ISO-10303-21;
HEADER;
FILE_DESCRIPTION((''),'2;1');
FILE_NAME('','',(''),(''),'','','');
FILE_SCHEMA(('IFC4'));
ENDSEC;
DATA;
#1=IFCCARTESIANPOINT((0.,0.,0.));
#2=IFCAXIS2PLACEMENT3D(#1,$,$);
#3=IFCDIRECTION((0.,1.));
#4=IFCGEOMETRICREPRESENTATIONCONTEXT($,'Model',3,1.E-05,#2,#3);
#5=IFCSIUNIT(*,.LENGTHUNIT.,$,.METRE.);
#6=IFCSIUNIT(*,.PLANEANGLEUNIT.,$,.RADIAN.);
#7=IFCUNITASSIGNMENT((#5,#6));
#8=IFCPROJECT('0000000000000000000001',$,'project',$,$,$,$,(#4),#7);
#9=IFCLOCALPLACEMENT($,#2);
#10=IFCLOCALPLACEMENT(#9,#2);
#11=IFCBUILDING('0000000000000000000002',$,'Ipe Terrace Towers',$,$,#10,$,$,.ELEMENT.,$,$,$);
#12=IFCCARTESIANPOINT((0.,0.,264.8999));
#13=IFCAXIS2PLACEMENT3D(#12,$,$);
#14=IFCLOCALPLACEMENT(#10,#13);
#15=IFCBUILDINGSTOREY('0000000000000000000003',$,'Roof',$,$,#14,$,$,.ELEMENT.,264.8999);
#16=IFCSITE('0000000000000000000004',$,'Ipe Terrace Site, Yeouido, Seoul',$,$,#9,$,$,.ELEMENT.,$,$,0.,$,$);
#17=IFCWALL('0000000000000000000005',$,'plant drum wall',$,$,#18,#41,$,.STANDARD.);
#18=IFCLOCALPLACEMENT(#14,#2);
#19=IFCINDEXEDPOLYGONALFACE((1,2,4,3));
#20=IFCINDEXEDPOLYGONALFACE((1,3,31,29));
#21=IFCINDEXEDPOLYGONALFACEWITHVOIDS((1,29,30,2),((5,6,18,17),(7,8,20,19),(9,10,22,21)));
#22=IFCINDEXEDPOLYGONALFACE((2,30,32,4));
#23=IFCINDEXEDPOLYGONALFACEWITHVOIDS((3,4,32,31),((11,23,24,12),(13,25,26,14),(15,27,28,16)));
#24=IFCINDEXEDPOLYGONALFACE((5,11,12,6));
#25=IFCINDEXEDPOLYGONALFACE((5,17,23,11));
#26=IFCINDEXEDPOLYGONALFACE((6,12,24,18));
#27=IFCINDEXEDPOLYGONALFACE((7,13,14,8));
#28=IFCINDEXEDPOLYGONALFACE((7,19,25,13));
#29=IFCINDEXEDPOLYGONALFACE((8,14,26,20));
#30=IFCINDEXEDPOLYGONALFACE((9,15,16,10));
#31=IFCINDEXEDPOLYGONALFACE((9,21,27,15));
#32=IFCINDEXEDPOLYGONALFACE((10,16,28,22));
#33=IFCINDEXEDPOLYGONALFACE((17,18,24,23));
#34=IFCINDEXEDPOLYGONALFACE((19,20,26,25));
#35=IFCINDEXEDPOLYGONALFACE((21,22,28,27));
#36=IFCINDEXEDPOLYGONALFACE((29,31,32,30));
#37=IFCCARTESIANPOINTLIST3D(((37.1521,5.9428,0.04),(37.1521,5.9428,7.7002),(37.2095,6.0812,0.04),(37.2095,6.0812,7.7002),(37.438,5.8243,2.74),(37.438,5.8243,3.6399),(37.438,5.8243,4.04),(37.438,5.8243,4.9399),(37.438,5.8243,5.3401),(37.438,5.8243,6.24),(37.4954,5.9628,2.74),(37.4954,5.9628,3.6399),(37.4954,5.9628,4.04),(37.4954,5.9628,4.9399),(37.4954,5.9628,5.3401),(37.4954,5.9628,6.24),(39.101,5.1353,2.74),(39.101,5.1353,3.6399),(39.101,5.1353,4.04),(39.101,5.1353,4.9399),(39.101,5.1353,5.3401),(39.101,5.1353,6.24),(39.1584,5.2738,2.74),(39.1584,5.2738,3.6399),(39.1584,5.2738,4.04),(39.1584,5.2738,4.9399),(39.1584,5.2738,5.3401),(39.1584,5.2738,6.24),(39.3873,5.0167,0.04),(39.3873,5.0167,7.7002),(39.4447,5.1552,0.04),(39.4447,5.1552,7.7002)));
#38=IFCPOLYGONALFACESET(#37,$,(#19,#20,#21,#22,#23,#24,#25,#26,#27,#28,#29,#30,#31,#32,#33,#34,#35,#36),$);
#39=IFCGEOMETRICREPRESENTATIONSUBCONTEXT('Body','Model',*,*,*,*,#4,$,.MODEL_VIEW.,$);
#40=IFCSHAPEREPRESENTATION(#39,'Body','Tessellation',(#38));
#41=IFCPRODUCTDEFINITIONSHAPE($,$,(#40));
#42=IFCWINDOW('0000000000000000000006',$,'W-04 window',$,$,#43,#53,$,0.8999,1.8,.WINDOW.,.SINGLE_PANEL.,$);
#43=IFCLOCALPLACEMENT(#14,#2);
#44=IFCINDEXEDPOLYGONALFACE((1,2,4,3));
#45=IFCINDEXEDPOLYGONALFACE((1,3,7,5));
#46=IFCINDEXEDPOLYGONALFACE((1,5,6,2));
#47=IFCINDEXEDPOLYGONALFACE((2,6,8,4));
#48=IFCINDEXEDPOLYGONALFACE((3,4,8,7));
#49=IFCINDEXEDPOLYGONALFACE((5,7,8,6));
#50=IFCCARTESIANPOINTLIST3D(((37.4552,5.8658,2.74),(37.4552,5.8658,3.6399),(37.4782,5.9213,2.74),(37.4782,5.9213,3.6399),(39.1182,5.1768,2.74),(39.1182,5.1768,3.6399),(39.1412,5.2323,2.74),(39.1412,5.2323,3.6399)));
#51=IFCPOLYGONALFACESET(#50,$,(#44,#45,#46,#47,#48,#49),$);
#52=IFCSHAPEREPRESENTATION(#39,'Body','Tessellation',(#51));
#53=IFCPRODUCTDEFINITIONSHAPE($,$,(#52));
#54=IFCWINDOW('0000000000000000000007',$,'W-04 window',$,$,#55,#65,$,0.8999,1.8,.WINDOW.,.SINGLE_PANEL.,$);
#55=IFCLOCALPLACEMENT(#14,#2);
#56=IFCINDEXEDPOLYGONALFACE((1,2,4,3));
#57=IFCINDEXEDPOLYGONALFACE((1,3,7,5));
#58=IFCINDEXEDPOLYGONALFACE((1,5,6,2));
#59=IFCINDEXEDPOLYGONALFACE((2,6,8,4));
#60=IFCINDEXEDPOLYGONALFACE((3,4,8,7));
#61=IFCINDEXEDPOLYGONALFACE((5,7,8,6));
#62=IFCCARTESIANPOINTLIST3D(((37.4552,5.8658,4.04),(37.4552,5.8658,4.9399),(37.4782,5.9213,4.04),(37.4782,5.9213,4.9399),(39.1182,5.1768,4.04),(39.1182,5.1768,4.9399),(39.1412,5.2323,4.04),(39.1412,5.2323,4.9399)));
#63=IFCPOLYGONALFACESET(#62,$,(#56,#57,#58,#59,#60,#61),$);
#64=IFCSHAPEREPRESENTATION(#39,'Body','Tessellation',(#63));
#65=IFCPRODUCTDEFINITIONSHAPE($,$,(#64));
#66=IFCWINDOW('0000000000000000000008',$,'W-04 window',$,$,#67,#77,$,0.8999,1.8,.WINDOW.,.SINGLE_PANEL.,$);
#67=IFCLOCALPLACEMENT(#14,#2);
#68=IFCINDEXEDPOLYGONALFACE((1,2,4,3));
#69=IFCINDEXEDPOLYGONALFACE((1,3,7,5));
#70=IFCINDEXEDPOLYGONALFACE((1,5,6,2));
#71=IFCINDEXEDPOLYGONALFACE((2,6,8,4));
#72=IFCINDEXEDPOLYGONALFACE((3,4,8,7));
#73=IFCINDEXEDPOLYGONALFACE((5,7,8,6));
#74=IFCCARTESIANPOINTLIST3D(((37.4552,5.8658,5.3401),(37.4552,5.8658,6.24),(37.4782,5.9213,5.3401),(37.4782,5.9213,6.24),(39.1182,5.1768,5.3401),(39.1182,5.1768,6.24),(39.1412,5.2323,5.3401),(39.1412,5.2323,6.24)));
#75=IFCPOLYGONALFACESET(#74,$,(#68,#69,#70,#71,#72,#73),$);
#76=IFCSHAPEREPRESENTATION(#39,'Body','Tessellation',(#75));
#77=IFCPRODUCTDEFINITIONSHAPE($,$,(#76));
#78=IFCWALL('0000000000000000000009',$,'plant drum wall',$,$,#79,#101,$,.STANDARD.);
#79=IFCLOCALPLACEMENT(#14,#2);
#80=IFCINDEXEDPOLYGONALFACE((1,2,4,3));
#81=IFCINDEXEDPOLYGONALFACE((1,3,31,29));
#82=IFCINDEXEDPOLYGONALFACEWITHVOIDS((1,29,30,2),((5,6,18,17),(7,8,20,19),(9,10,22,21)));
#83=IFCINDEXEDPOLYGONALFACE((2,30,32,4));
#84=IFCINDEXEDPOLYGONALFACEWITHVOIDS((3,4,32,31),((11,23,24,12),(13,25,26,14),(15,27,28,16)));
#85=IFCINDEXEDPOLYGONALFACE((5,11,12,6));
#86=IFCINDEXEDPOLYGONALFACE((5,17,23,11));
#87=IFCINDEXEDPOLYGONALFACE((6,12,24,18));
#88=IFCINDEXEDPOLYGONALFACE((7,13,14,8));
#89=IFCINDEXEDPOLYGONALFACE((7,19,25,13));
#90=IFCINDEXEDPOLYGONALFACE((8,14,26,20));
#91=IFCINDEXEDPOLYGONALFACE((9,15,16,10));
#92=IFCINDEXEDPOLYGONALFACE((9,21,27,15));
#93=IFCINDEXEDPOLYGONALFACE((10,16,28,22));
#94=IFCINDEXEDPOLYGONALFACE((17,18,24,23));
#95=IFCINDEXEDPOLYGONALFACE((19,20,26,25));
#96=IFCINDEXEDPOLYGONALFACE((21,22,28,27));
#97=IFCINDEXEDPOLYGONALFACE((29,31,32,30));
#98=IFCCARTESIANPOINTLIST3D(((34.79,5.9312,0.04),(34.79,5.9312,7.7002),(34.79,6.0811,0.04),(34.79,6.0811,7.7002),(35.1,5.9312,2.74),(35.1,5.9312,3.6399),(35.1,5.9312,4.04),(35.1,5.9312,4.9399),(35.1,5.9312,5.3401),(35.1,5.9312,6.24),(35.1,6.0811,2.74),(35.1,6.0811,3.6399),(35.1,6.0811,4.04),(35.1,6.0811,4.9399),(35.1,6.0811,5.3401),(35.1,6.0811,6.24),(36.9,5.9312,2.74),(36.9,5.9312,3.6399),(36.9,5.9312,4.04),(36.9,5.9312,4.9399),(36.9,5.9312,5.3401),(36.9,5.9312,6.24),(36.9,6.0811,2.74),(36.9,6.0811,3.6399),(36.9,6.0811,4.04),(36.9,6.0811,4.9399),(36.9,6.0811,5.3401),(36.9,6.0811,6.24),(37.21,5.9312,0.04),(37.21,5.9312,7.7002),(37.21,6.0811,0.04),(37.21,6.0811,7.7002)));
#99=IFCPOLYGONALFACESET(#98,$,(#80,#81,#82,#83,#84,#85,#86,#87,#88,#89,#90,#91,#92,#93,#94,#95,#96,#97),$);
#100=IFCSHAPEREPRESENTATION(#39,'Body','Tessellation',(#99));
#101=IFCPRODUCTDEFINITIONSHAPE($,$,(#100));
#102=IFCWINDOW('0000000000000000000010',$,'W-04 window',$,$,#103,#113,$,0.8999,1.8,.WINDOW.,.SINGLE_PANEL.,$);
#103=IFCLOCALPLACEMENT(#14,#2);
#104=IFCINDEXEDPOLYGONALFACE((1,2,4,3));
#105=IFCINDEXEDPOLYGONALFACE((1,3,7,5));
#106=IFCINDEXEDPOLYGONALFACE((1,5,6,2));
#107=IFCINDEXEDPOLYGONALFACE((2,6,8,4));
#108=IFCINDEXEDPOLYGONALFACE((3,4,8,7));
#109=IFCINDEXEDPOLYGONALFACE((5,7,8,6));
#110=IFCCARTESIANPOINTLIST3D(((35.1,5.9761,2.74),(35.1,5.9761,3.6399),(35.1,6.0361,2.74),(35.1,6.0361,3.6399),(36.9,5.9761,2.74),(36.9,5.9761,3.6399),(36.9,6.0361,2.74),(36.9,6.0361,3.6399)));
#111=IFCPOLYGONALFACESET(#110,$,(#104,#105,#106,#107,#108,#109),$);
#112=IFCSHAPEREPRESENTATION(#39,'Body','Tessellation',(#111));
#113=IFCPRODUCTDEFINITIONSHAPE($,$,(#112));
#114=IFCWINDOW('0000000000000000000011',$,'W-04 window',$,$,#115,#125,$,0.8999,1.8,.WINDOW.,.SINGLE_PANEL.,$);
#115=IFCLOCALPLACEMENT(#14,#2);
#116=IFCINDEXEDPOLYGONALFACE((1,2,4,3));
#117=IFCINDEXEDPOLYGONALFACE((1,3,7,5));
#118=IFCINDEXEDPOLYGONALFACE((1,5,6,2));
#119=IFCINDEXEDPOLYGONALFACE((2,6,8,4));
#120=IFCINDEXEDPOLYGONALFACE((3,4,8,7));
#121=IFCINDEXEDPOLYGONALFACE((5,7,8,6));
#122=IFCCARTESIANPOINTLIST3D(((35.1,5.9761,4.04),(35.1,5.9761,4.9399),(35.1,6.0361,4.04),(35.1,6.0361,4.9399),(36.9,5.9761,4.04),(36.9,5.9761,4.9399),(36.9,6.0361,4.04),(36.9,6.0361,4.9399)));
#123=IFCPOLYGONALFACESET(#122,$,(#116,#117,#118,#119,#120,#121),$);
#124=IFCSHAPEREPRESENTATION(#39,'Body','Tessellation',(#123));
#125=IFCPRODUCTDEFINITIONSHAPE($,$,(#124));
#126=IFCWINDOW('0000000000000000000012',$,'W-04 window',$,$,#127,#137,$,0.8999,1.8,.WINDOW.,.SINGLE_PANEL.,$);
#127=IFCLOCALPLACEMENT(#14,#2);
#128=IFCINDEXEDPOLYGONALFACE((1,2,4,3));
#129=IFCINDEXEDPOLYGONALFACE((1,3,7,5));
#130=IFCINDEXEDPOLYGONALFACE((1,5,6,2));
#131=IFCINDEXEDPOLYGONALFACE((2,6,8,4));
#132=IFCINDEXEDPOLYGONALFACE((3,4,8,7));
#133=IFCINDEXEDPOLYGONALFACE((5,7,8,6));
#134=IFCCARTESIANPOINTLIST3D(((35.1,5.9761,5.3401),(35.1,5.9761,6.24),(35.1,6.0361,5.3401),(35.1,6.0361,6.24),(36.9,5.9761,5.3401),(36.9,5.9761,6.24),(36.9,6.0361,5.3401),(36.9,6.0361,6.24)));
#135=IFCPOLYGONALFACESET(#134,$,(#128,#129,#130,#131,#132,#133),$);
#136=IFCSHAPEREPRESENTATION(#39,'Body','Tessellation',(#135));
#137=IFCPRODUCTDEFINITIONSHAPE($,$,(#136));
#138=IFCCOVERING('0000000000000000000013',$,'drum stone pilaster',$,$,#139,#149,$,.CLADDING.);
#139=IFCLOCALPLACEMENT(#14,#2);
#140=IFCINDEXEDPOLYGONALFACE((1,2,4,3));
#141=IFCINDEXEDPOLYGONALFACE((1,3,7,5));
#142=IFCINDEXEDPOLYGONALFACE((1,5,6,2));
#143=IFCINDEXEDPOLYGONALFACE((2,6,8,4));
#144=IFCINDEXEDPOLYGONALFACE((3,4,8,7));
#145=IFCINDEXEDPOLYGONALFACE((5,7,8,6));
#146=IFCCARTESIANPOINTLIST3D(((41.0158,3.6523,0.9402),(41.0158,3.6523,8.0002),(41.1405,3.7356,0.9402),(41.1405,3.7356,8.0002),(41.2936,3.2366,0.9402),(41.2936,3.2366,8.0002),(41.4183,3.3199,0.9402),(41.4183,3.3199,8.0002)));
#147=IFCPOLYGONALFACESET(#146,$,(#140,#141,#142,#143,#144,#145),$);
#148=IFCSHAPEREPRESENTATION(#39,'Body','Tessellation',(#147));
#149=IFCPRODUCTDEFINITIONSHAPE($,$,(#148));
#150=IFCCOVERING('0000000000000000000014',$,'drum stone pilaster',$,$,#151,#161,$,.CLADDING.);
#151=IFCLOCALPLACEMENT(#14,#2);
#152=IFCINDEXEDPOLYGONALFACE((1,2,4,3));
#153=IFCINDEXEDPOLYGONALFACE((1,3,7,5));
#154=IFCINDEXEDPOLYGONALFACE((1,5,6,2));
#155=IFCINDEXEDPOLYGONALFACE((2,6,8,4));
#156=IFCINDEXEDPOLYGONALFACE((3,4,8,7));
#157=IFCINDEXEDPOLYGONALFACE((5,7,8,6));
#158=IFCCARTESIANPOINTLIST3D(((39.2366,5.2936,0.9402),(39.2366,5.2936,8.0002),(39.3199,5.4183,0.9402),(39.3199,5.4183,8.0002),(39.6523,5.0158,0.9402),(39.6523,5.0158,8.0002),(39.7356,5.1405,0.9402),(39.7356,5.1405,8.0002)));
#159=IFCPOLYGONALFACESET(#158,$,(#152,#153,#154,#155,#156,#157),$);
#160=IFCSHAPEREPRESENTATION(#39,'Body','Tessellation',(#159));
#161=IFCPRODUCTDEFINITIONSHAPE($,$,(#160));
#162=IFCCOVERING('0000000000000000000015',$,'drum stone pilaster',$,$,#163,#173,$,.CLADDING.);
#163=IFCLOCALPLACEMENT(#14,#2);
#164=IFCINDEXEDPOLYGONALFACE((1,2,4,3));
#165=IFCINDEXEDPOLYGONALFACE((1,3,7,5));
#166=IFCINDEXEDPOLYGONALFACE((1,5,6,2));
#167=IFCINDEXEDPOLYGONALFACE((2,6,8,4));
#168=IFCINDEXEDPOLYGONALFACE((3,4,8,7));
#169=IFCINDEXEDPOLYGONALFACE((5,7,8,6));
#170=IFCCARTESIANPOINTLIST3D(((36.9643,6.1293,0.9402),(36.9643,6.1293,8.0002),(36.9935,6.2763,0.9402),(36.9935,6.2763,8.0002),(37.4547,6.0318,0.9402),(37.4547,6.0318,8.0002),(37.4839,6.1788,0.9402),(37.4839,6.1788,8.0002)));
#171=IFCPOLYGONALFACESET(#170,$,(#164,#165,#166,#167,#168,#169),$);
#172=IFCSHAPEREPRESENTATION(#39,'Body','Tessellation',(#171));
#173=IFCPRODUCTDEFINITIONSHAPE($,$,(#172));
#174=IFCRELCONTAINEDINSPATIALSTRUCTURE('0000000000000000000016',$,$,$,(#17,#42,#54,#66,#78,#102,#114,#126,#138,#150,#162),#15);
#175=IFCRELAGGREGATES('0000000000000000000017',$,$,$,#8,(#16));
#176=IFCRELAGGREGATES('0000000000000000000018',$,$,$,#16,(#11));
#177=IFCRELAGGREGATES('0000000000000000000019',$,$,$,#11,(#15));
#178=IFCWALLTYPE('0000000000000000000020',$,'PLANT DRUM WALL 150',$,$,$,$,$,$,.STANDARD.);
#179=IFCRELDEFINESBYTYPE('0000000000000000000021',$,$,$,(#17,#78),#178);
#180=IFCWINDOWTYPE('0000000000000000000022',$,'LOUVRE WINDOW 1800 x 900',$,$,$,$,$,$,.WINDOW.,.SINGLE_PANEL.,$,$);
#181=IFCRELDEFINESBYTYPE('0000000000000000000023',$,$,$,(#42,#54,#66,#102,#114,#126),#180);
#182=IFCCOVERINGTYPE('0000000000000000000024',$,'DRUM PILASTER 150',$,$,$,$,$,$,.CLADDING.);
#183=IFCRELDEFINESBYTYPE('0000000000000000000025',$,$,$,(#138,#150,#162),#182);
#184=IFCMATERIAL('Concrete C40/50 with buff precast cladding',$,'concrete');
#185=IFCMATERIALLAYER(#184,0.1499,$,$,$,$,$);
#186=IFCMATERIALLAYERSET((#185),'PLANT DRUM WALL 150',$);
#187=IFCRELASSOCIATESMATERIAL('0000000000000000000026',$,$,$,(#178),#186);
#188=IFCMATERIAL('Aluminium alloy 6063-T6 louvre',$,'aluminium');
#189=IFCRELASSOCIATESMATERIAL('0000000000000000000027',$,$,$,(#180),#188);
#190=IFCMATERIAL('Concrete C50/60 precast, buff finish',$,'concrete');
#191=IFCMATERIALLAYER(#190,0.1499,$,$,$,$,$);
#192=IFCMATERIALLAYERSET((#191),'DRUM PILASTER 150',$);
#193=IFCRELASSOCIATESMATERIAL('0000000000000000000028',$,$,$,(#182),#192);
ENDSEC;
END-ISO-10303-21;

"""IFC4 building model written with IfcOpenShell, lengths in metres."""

from ifc_helpers import new_model, si_unit, direction, frame, frame_2d, origin, origin_2d, place, context, subcontext, project, spatial, rectangle, extrude, material, layer, layer_set, type_object, element, fill, save


model = new_model("IFC4")

# Units and contexts
model_context = context("Model", 3, precision=1e-05, world=origin(), true_north=direction((0.0, 1.0)))
body_context = subcontext(model_context, "Body", "Model", "MODEL_VIEW")
ifc_project = project(units=[si_unit("LENGTHUNIT", "METRE"), si_unit("PLANEANGLEUNIT", "RADIAN")], contexts=[model_context])

# Site, building, storey
site_placement = place(None, origin())
site = spatial("IfcSite", under=ifc_project, at=site_placement, Name="Ipe Terrace Site, Yeouido, Seoul", CompositionType="ELEMENT", RefElevation=0.0)
building_placement = place(site_placement, origin())
building = spatial("IfcBuilding", under=site, at=building_placement, Name="Ipe Terrace Towers", CompositionType="ELEMENT")
storey_placement = place(building_placement, frame((0.0, 0.0, 264.8999)))
storey = spatial("IfcBuildingStorey", under=building, at=storey_placement, Name="Roof", CompositionType="ELEMENT", Elevation=264.8999)

# Walls, openings, windows
ifc_material_1 = material(Name="Concrete C40/50 with buff precast cladding", Category="concrete")
ifc_layer_1 = layer(ifc_material_1, 0.1499)
ifc_layer_set_1 = layer_set([ifc_layer_1], Name="PLANT DRUM WALL 150")
wall_type_1 = type_object("IfcWallType", Name="PLANT DRUM WALL 150", PredefinedType="STANDARD", material=ifc_layer_set_1)
ifc_material_2 = material(Name="Aluminium alloy 6063-T6 louvre", Category="aluminium")
window_type = type_object("IfcWindowType", Name="LOUVRE WINDOW 1800 x 900", PartitioningType="SINGLE_PANEL", PredefinedType="WINDOW", material=ifc_material_2)
wall_1_placement = place(storey_placement, frame((39.416, 5.0859, 0.04), z_axis=(0.0, 0.0, 1.0), x_axis=(-0.923848, 0.382759, 0.0)))
wall_1 = element("IfcWall", 1, at=wall_1_placement, inside=storey, type_object=wall_type_1, Name="plant drum wall", PredefinedType="STANDARD", context=body_context, shape_type="SweptSolid", body=[
    extrude(rectangle(XDim=2.4194, YDim=0.1499, at=frame_2d((1.2097, 0.0))), origin(), (0.0, 0.0, 1.0), 7.6602),
])
opening_1_placement = place(wall_1_placement, frame((0.3101, 0.0, 2.7)))
opening_1 = element("IfcOpeningElement", 2, at=opening_1_placement, cuts=wall_1, PredefinedType="OPENING", context=body_context, shape_type="SweptSolid", body=[
    extrude(rectangle(XDim=1.8, YDim=0.8999, at=frame_2d((0.8999, 0.45))), frame((0.0, 0.085, 0.0), z_axis=(0.0, -1.0, 0.0), x_axis=(1.0, 0.0, 0.0)), (0.0, 0.0, 1.0), 0.1699),
])
opening_2_placement = place(wall_1_placement, frame((0.3101, 0.0, 4.0)))
opening_2 = element("IfcOpeningElement", 3, at=opening_2_placement, cuts=wall_1, PredefinedType="OPENING", context=body_context, shape_type="SweptSolid", body=[
    extrude(rectangle(XDim=1.8, YDim=0.8999, at=frame_2d((0.8999, 0.45))), frame((0.0, 0.085, 0.0), z_axis=(0.0, -1.0, 0.0), x_axis=(1.0, 0.0, 0.0)), (0.0, 0.0, 1.0), 0.1699),
])
opening_3_placement = place(wall_1_placement, frame((0.3101, 0.0, 5.3)))
opening_3 = element("IfcOpeningElement", 4, at=opening_3_placement, cuts=wall_1, PredefinedType="OPENING", context=body_context, shape_type="SweptSolid", body=[
    extrude(rectangle(XDim=1.8, YDim=0.8999, at=frame_2d((0.8999, 0.45))), frame((0.0, 0.085, 0.0), z_axis=(0.0, -1.0, 0.0), x_axis=(1.0, 0.0, 0.0)), (0.0, 0.0, 1.0), 0.1699),
])
window_1_placement = place(opening_1_placement, origin())
window_1 = element("IfcWindow", 5, at=window_1_placement, inside=storey, type_object=window_type, Name="W-04 window", OverallHeight=0.8999, OverallWidth=1.8, PartitioningType="SINGLE_PANEL", PredefinedType="WINDOW", context=body_context, shape_type="SweptSolid", body=[
    extrude(rectangle(XDim=1.8, YDim=0.8999, at=frame_2d((0.8999, 0.45))), frame((0.0, 0.03, 0.0), z_axis=(0.0, -1.0, 0.0), x_axis=(1.0, 0.0, 0.0)), (0.0, 0.0, 1.0), 0.0601),
])
fill(opening_1, window_1)
window_2_placement = place(opening_2_placement, origin())
window_2 = element("IfcWindow", 6, at=window_2_placement, inside=storey, type_object=window_type, Name="W-04 window", OverallHeight=0.8999, OverallWidth=1.8, PartitioningType="SINGLE_PANEL", PredefinedType="WINDOW", context=body_context, shape_type="SweptSolid", body=[
    extrude(rectangle(XDim=1.8, YDim=0.8999, at=frame_2d((0.8999, 0.45))), frame((0.0, 0.03, 0.0), z_axis=(0.0, -1.0, 0.0), x_axis=(1.0, 0.0, 0.0)), (0.0, 0.0, 1.0), 0.0601),
])
fill(opening_2, window_2)
window_3_placement = place(opening_3_placement, origin())
window_3 = element("IfcWindow", 7, at=window_3_placement, inside=storey, type_object=window_type, Name="W-04 window", OverallHeight=0.8999, OverallWidth=1.8, PartitioningType="SINGLE_PANEL", PredefinedType="WINDOW", context=body_context, shape_type="SweptSolid", body=[
    extrude(rectangle(XDim=1.8, YDim=0.8999, at=frame_2d((0.8999, 0.45))), frame((0.0, 0.03, 0.0), z_axis=(0.0, -1.0, 0.0), x_axis=(1.0, 0.0, 0.0)), (0.0, 0.0, 1.0), 0.0601),
])
fill(opening_3, window_3)
wall_2_placement = place(storey_placement, frame((37.21, 6.0061, 0.04), z_axis=(0.0, 0.0, 1.0), x_axis=(-1.0, 0.0, 0.0)))
wall_2 = element("IfcWall", 8, at=wall_2_placement, inside=storey, type_object=wall_type_1, Name="plant drum wall", PredefinedType="STANDARD", context=body_context, shape_type="SweptSolid", body=[
    extrude(rectangle(XDim=2.4199, YDim=0.1499, at=frame_2d((1.21, 0.0))), origin(), (0.0, 0.0, 1.0), 7.6602),
])
opening_4_placement = place(wall_2_placement, frame((0.3101, 0.0, 2.7)))
opening_4 = element("IfcOpeningElement", 9, at=opening_4_placement, cuts=wall_2, PredefinedType="OPENING", context=body_context, shape_type="SweptSolid", body=[
    extrude(rectangle(XDim=1.8, YDim=0.8999, at=frame_2d((0.8999, 0.45))), frame((0.0, 0.085, 0.0), z_axis=(0.0, -1.0, 0.0), x_axis=(1.0, 0.0, 0.0)), (0.0, 0.0, 1.0), 0.1699),
])
opening_5_placement = place(wall_2_placement, frame((0.3101, 0.0, 4.0)))
opening_5 = element("IfcOpeningElement", 10, at=opening_5_placement, cuts=wall_2, PredefinedType="OPENING", context=body_context, shape_type="SweptSolid", body=[
    extrude(rectangle(XDim=1.8, YDim=0.8999, at=frame_2d((0.8999, 0.45))), frame((0.0, 0.085, 0.0), z_axis=(0.0, -1.0, 0.0), x_axis=(1.0, 0.0, 0.0)), (0.0, 0.0, 1.0), 0.1699),
])
opening_6_placement = place(wall_2_placement, frame((0.3101, 0.0, 5.3)))
opening_6 = element("IfcOpeningElement", 11, at=opening_6_placement, cuts=wall_2, PredefinedType="OPENING", context=body_context, shape_type="SweptSolid", body=[
    extrude(rectangle(XDim=1.8, YDim=0.8999, at=frame_2d((0.8999, 0.45))), frame((0.0, 0.085, 0.0), z_axis=(0.0, -1.0, 0.0), x_axis=(1.0, 0.0, 0.0)), (0.0, 0.0, 1.0), 0.1699),
])
window_4_placement = place(opening_4_placement, origin())
window_4 = element("IfcWindow", 12, at=window_4_placement, inside=storey, type_object=window_type, Name="W-04 window", OverallHeight=0.8999, OverallWidth=1.8, PartitioningType="SINGLE_PANEL", PredefinedType="WINDOW", context=body_context, shape_type="SweptSolid", body=[
    extrude(rectangle(XDim=1.8, YDim=0.8999, at=frame_2d((0.8999, 0.45))), frame((0.0, 0.03, 0.0), z_axis=(0.0, -1.0, 0.0), x_axis=(1.0, 0.0, 0.0)), (0.0, 0.0, 1.0), 0.0601),
])
fill(opening_4, window_4)
window_5_placement = place(opening_5_placement, origin())
window_5 = element("IfcWindow", 13, at=window_5_placement, inside=storey, type_object=window_type, Name="W-04 window", OverallHeight=0.8999, OverallWidth=1.8, PartitioningType="SINGLE_PANEL", PredefinedType="WINDOW", context=body_context, shape_type="SweptSolid", body=[
    extrude(rectangle(XDim=1.8, YDim=0.8999, at=frame_2d((0.8999, 0.45))), frame((0.0, 0.03, 0.0), z_axis=(0.0, -1.0, 0.0), x_axis=(1.0, 0.0, 0.0)), (0.0, 0.0, 1.0), 0.0601),
])
fill(opening_5, window_5)
window_6_placement = place(opening_6_placement, origin())
window_6 = element("IfcWindow", 14, at=window_6_placement, inside=storey, type_object=window_type, Name="W-04 window", OverallHeight=0.8999, OverallWidth=1.8, PartitioningType="SINGLE_PANEL", PredefinedType="WINDOW", context=body_context, shape_type="SweptSolid", body=[
    extrude(rectangle(XDim=1.8, YDim=0.8999, at=frame_2d((0.8999, 0.45))), frame((0.0, 0.03, 0.0), z_axis=(0.0, -1.0, 0.0), x_axis=(1.0, 0.0, 0.0)), (0.0, 0.0, 1.0), 0.0601),
])
fill(opening_6, window_6)

# Coverings
ifc_material_3 = material(Name="Concrete C50/60 precast, buff finish", Category="concrete")
ifc_layer_2 = layer(ifc_material_3, 0.1499)
ifc_layer_set_2 = layer_set([ifc_layer_2], Name="DRUM PILASTER 150")
covering_type = type_object("IfcCoveringType", Name="DRUM PILASTER 150", PredefinedType="CLADDING", material=ifc_layer_set_2)
for number, where, z_axis, x_axis, name in (
    (15, (41.217, 3.4861, 0.9402), (0.0, 0.0, 1.0), (0.83147, 0.55557, 0.0), "drum stone pilaster"),
    (16, (39.4861, 5.217, 0.9402), (0.0, 0.0, 1.0), (0.55557, 0.83147, 0.0), "drum stone pilaster"),
    (17, (37.2241, 6.1541, 0.9402), (0.0, 0.0, 1.0), (0.19509, 0.980785, 0.0), "drum stone pilaster"),
):
    element("IfcCovering", number, at=place(storey_placement, frame(where, z_axis=z_axis, x_axis=x_axis)), inside=storey, type_object=covering_type, Name=name, PredefinedType="CLADDING", context=body_context, shape_type="SweptSolid", body=[
        extrude(rectangle(XDim=0.1499, YDim=0.5, at=origin_2d()), origin(), (0.0, 0.0, 1.0), 7.0601),
    ])

save(model, "model.ifc")
